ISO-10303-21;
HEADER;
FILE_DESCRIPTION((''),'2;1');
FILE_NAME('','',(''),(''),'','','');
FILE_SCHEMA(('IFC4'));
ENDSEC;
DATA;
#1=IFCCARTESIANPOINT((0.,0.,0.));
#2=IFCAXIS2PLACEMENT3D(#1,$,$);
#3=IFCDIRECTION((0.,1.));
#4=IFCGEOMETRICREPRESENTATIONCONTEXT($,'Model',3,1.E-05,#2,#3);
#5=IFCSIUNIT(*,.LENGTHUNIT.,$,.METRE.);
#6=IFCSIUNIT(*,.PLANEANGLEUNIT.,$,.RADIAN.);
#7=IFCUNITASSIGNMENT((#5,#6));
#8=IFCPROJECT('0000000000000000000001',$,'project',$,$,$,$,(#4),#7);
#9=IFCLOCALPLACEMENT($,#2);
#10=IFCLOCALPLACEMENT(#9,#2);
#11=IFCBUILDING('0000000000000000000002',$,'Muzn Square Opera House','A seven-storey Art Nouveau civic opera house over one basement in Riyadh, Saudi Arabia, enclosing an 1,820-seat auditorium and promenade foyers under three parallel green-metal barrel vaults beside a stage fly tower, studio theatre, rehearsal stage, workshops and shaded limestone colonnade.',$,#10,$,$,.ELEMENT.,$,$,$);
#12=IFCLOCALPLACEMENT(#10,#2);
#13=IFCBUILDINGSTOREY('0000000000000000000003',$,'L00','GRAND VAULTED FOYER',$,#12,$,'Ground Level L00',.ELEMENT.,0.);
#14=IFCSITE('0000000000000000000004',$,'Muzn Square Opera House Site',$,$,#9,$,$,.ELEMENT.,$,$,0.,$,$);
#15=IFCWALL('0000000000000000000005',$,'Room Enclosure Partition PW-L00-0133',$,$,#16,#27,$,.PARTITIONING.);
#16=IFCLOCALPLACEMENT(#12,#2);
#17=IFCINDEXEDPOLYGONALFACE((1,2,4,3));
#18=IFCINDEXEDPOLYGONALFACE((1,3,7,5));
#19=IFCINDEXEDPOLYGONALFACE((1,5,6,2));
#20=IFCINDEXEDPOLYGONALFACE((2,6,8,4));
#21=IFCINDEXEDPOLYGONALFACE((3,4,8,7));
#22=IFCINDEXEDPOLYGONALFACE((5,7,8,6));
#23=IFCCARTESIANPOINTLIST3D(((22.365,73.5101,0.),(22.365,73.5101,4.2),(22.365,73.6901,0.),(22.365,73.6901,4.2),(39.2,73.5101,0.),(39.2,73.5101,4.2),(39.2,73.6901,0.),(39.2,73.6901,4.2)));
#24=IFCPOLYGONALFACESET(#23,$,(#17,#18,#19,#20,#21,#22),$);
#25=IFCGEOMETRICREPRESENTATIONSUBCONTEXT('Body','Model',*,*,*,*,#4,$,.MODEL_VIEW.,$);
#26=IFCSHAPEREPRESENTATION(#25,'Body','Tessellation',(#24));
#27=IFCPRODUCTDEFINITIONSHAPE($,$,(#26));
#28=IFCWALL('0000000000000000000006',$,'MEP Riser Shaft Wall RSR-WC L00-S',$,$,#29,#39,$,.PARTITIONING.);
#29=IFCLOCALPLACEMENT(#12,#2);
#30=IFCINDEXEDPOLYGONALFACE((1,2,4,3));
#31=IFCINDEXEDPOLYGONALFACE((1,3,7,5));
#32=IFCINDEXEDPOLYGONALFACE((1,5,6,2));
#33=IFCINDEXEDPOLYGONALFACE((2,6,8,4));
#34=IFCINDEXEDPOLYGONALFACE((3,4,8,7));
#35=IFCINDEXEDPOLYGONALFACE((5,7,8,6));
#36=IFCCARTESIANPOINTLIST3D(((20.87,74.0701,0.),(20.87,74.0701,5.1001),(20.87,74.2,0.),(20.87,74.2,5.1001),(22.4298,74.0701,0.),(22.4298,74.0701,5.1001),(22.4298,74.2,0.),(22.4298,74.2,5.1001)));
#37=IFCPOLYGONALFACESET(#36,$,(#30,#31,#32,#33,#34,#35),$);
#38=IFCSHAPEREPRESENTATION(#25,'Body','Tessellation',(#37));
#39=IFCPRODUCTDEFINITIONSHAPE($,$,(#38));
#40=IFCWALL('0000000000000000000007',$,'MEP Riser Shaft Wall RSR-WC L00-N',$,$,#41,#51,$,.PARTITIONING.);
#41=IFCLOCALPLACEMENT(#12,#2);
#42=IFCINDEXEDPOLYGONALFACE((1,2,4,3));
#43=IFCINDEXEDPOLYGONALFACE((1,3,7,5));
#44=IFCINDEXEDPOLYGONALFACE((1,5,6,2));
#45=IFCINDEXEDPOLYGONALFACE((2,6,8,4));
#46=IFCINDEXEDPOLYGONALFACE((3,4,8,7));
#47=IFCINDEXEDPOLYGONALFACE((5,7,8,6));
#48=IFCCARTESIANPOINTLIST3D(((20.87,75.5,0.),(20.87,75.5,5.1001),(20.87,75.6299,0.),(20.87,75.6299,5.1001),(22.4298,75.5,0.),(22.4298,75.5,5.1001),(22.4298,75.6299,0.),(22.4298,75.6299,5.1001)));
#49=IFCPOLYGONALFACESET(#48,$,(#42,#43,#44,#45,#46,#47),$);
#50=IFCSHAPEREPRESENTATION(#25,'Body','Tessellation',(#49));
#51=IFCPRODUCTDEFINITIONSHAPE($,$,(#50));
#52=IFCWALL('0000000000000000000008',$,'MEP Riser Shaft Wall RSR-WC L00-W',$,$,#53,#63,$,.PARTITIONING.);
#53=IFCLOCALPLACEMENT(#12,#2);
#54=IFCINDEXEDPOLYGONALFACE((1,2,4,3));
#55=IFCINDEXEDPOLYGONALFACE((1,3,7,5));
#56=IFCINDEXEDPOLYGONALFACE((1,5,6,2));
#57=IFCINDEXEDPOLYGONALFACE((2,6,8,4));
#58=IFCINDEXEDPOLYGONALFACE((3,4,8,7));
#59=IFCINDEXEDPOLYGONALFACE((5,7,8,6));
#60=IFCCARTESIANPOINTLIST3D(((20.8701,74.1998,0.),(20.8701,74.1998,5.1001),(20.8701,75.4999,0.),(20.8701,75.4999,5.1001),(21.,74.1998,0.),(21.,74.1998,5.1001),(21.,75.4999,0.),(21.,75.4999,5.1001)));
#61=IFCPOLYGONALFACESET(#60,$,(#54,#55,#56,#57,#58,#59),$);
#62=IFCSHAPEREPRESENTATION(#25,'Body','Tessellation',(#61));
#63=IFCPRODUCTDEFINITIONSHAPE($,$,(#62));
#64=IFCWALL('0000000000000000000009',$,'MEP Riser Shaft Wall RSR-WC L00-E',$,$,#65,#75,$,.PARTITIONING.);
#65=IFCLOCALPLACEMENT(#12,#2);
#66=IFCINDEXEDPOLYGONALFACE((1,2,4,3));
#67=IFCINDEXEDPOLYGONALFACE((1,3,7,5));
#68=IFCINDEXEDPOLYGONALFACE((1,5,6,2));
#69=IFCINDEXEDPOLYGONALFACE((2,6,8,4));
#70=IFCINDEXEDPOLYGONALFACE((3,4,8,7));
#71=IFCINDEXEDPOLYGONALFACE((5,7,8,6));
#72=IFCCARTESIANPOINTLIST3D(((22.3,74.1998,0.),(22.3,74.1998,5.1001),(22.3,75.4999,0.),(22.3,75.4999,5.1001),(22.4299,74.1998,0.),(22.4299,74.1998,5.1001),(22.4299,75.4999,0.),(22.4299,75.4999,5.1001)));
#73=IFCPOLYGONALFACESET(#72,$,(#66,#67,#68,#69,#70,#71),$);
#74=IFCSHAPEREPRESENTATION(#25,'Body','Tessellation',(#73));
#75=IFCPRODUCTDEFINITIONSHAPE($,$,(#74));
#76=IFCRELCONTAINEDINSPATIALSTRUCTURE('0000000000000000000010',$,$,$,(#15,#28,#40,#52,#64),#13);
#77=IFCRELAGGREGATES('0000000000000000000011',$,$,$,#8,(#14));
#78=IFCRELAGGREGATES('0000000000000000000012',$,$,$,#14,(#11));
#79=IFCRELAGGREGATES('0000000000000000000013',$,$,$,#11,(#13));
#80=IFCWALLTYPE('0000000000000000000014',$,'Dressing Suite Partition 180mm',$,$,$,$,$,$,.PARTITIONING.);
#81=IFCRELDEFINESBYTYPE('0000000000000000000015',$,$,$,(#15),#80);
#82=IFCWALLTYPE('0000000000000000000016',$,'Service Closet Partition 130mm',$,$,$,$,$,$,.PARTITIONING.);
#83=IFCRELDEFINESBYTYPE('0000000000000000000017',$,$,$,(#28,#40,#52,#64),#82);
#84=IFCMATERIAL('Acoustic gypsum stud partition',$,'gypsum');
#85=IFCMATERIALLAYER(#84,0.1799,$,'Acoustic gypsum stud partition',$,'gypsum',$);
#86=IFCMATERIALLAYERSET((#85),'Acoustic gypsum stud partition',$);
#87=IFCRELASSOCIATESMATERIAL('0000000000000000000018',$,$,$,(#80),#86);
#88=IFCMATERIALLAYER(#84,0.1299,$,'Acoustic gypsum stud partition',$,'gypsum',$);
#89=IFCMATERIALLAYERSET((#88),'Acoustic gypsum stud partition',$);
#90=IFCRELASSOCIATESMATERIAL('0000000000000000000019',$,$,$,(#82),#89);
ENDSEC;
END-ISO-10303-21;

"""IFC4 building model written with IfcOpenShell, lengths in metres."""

from ifc_helpers import new_model, si_unit, direction, frame, frame_2d, origin, place, context, subcontext, project, spatial, rectangle, extrude, material, layer, layer_set, type_object, element, save


model = new_model("IFC4")

# Units and contexts
model_context = context("Model", 3, precision=1e-05, world=origin(), true_north=direction((0.0, 1.0)))
body_context = subcontext(model_context, "Body", "Model", "MODEL_VIEW")
ifc_project = project(units=[si_unit("LENGTHUNIT", "METRE"), si_unit("PLANEANGLEUNIT", "RADIAN")], contexts=[model_context])

# Site, building, storey
site_placement = place(None, origin())
site = spatial("IfcSite", under=ifc_project, at=site_placement, Name="Muzn Square Opera House Site", CompositionType="ELEMENT", RefElevation=0.0)
building_placement = place(site_placement, origin())
building = spatial("IfcBuilding", under=site, at=building_placement, Name="Muzn Square Opera House", Description="A seven-storey Art Nouveau civic opera house over one basement in Riyadh, Saudi Arabia, enclosing an 1,820-seat auditorium and promenade foyers under three parallel green-metal barrel vaults beside a stage fly tower, studio theatre, rehearsal stage, workshops and shaded limestone colonnade.", CompositionType="ELEMENT")
storey_placement = place(building_placement, origin())
storey = spatial("IfcBuildingStorey", under=building, at=storey_placement, Name="L00", Description="GRAND VAULTED FOYER", LongName="Ground Level L00", CompositionType="ELEMENT", Elevation=0.0)

# Walls
ifc_material_1 = material(Name="Acoustic gypsum stud partition", Category="gypsum")
ifc_layer_1 = layer(ifc_material_1, 0.1799, Name="Acoustic gypsum stud partition", Category="gypsum")
ifc_layer_set_1 = layer_set([ifc_layer_1], Name="Acoustic gypsum stud partition")
wall_type_1 = type_object("IfcWallType", Name="Dressing Suite Partition 180mm", PredefinedType="PARTITIONING", material=ifc_layer_set_1)
wall_placement = place(storey_placement, frame((22.365, 73.6001, 0.0), z_axis=(0.0, 0.0, 1.0), x_axis=(1.0, 0.0, 0.0)))
element("IfcWall", 1, at=wall_placement, inside=storey, type_object=wall_type_1, Name="Room Enclosure Partition PW-L00-0133", PredefinedType="PARTITIONING", context=body_context, shape_type="SweptSolid", body=[
    extrude(rectangle(XDim=16.835, YDim=0.1799, at=frame_2d((8.4175, 0.0))), origin(), (0.0, 0.0, 1.0), 4.2),
])
ifc_layer_2 = layer(ifc_material_1, 0.1299, Name="Acoustic gypsum stud partition", Category="gypsum")
ifc_layer_set_2 = layer_set([ifc_layer_2], Name="Acoustic gypsum stud partition")
wall_type_2 = type_object("IfcWallType", Name="Service Closet Partition 130mm", PredefinedType="PARTITIONING", material=ifc_layer_set_2)
for number, where, z_axis, x_axis, name in (
    (2, (20.8701, 74.135, 0.0), (0.0, 0.0, 1.0), (1.0, 0.0, 0.0), "MEP Riser Shaft Wall RSR-WC L00-S"),
    (3, (20.8701, 75.5649, 0.0), (0.0, 0.0, 1.0), (1.0, 0.0, 0.0), "MEP Riser Shaft Wall RSR-WC L00-N"),
):
    element("IfcWall", number, at=place(storey_placement, frame(where, z_axis=z_axis, x_axis=x_axis)), inside=storey, type_object=wall_type_2, Name=name, PredefinedType="PARTITIONING", context=body_context, shape_type="SweptSolid", body=[
        extrude(rectangle(XDim=1.5598, YDim=0.1299, at=frame_2d((0.7798, 0.0))), origin(), (0.0, 0.0, 1.0), 5.1001),
    ])
for number, where, z_axis, x_axis, name in (
    (4, (20.9351, 74.2, 0.0), (0.0, 0.0, 1.0), (0.0, 1.0, 0.0), "MEP Riser Shaft Wall RSR-WC L00-W"),
    (5, (22.365, 74.2, 0.0), (0.0, 0.0, 1.0), (0.0, 1.0, 0.0), "MEP Riser Shaft Wall RSR-WC L00-E"),
):
    element("IfcWall", number, at=place(storey_placement, frame(where, z_axis=z_axis, x_axis=x_axis)), inside=storey, type_object=wall_type_2, Name=name, PredefinedType="PARTITIONING", context=body_context, shape_type="SweptSolid", body=[
        extrude(rectangle(XDim=1.3, YDim=0.1299, at=frame_2d((0.6499, 0.0))), origin(), (0.0, 0.0, 1.0), 5.1001),
    ])

save(model, "model.ifc")
